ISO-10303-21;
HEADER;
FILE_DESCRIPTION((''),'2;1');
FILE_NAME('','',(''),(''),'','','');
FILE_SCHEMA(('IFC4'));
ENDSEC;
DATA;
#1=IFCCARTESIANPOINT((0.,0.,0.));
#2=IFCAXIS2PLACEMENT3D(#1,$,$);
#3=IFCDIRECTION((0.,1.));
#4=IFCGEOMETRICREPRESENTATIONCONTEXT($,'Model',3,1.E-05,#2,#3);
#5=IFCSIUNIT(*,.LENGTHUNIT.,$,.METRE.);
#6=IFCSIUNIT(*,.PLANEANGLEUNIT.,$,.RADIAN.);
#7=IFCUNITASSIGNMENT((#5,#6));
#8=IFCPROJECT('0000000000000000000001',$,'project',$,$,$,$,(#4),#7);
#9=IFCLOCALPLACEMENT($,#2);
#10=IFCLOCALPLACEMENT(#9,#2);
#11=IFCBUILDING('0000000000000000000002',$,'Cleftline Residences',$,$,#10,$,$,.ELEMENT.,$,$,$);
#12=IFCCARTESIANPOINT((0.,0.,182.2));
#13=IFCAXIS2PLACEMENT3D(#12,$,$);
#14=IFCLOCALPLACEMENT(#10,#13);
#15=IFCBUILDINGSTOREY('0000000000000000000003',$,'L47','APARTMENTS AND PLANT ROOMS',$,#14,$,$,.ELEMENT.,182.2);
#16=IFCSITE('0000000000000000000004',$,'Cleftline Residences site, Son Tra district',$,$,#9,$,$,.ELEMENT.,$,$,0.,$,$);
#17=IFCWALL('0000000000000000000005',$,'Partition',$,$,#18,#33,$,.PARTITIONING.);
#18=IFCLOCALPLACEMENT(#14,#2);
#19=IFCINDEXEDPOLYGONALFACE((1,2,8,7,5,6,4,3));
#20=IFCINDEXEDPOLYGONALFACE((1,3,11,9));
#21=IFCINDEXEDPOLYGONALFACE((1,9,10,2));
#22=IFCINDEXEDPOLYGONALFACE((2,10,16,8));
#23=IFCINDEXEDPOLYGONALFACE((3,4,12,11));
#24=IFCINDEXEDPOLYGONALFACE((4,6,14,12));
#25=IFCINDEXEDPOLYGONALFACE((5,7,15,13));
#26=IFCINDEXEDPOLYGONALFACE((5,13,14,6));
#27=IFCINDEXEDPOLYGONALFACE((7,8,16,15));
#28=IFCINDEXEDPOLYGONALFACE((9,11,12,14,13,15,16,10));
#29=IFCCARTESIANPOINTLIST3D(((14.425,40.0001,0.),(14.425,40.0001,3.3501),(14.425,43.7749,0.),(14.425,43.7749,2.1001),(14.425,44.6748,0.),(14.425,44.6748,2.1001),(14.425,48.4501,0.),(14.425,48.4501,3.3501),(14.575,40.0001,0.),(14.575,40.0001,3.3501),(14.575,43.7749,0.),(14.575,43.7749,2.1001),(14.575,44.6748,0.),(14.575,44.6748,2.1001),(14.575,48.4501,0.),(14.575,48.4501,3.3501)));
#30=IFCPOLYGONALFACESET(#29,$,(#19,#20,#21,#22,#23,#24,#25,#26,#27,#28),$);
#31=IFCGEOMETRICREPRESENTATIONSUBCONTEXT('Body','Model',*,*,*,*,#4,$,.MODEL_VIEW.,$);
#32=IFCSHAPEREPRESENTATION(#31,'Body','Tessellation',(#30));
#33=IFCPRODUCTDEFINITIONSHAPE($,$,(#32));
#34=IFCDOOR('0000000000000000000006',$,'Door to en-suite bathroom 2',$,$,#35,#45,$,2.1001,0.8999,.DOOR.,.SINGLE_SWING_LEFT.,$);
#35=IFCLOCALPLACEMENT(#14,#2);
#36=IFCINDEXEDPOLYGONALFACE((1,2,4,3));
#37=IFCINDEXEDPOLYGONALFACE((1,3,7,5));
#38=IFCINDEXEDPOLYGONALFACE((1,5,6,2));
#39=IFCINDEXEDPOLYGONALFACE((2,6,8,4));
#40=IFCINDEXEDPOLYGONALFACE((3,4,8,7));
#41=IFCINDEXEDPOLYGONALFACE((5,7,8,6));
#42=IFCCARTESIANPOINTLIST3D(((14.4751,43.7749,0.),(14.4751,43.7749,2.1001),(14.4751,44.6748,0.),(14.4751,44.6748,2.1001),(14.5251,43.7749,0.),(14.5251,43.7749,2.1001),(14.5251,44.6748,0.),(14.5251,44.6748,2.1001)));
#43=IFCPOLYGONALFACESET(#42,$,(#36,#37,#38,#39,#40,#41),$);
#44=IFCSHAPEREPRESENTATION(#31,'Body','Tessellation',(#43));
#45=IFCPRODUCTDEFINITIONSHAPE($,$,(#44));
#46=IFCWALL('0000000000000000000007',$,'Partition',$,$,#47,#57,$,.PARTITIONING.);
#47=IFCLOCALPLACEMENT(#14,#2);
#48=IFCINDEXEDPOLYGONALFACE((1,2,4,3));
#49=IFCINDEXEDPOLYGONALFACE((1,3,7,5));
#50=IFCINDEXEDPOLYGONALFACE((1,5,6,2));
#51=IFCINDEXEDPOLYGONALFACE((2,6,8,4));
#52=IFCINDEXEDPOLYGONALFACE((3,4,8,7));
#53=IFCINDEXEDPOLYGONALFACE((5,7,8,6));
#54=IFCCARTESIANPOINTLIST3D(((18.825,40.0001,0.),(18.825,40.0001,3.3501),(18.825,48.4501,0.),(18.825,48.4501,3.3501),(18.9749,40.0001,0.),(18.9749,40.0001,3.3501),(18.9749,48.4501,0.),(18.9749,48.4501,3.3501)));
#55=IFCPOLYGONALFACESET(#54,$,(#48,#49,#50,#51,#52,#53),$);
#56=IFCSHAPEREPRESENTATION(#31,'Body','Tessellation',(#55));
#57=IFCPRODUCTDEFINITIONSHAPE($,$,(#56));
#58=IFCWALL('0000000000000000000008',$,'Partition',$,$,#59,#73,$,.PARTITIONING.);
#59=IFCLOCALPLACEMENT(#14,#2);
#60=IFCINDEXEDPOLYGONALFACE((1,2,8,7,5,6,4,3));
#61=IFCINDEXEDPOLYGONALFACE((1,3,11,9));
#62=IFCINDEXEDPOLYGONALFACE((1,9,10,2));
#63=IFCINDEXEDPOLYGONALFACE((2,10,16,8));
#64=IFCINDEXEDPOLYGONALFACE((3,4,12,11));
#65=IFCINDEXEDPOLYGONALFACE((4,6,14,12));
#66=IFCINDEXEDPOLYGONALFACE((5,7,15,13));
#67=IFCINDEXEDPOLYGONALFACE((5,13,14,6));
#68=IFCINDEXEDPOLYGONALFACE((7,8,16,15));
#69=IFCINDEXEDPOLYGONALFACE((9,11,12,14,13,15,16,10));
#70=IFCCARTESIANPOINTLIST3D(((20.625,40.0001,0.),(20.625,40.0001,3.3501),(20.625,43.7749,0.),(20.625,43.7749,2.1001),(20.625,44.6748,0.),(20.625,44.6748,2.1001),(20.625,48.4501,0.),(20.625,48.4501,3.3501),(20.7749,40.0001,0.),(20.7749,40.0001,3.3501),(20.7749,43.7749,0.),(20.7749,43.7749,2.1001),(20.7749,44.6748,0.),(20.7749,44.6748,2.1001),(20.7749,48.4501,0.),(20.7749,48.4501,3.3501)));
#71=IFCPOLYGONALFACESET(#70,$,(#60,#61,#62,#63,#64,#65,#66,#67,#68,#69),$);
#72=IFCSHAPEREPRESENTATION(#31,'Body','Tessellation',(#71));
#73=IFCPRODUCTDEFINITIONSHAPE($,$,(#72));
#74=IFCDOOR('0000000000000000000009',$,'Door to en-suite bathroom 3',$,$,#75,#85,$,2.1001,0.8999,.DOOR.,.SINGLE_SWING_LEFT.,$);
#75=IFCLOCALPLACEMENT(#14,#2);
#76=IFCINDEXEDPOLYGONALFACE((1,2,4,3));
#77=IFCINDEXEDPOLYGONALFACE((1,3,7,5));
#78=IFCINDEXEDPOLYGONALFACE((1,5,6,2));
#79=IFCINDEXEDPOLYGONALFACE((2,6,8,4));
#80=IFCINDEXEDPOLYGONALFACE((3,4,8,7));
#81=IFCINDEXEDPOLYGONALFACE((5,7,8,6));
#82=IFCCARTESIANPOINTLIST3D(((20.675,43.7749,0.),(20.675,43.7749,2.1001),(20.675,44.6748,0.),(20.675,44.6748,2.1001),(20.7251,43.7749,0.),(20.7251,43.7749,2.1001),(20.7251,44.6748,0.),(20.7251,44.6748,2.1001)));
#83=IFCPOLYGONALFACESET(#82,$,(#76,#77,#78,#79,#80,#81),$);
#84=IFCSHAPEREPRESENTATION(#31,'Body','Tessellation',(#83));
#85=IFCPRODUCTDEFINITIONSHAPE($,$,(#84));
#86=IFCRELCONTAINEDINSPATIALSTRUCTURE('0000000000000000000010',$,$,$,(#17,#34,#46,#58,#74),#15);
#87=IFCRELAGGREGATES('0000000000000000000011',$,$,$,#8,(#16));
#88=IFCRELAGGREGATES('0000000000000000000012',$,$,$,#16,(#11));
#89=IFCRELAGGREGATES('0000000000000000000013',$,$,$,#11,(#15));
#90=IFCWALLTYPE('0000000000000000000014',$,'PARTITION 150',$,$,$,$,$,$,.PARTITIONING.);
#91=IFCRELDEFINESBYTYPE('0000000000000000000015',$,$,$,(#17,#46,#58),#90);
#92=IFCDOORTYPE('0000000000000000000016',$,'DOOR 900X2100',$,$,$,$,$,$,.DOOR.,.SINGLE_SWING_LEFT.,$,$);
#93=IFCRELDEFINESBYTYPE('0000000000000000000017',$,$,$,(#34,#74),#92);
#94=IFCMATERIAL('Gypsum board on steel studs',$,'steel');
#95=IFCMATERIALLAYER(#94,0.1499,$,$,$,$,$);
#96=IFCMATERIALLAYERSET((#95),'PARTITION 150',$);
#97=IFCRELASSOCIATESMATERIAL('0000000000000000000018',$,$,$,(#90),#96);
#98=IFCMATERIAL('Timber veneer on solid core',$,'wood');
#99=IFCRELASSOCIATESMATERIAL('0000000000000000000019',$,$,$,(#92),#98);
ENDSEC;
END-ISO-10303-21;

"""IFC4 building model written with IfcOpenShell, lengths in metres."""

from ifc_helpers import new_model, si_unit, direction, frame, frame_2d, origin, place, context, subcontext, project, spatial, rectangle, extrude, material, layer, layer_set, type_object, element, fill, save


model = new_model("IFC4")

# Units and contexts
model_context = context("Model", 3, precision=1e-05, world=origin(), true_north=direction((0.0, 1.0)))
body_context = subcontext(model_context, "Body", "Model", "MODEL_VIEW")
ifc_project = project(units=[si_unit("LENGTHUNIT", "METRE"), si_unit("PLANEANGLEUNIT", "RADIAN")], contexts=[model_context])

# Site, building, storey
site_placement = place(None, origin())
site = spatial("IfcSite", under=ifc_project, at=site_placement, Name="Cleftline Residences site, Son Tra district", CompositionType="ELEMENT", RefElevation=0.0)
building_placement = place(site_placement, origin())
building = spatial("IfcBuilding", under=site, at=building_placement, Name="Cleftline Residences", CompositionType="ELEMENT")
storey_placement = place(building_placement, frame((0.0, 0.0, 182.2)))
storey = spatial("IfcBuildingStorey", under=building, at=storey_placement, Name="L47", Description="APARTMENTS AND PLANT ROOMS", CompositionType="ELEMENT", Elevation=182.2)

# Shared definitions
ifc_material_1 = material(Name="Gypsum board on steel studs", Category="steel")
ifc_layer = layer(ifc_material_1, 0.1499)
ifc_layer_set = layer_set([ifc_layer], Name="PARTITION 150")
wall_type = type_object("IfcWallType", Name="PARTITION 150", PredefinedType="PARTITIONING", material=ifc_layer_set)
ifc_material_2 = material(Name="Timber veneer on solid core", Category="wood")
door_type_1 = type_object("IfcDoorType", Name="DOOR 900X2100", OperationType="SINGLE_SWING_LEFT", PredefinedType="DOOR", material=ifc_material_2)

# Wall, opening, door
wall_1_placement = place(storey_placement, frame((14.5, 40.0, 0.0), z_axis=(0.0, 0.0, 1.0), x_axis=(0.0, 1.0, 0.0)))
wall_1 = element("IfcWall", 1, at=wall_1_placement, inside=storey, type_object=wall_type, Name="Partition", PredefinedType="PARTITIONING", context=body_context, shape_type="SweptSolid", body=[
    extrude(rectangle(XDim=8.45, YDim=0.1499, at=frame_2d((4.2251, 0.0))), origin(), (0.0, 0.0, 1.0), 3.3501),
])
opening_1_placement = place(wall_1_placement, frame((3.7749, 0.0, 0.0)))
opening_1 = element("IfcOpeningElement", 2, at=opening_1_placement, cuts=wall_1, PredefinedType="OPENING", context=body_context, shape_type="SweptSolid", body=[
    extrude(rectangle(XDim=0.8999, YDim=2.1001, at=frame_2d((0.45, 1.05))), frame((0.0, 0.085, 0.0), z_axis=(0.0, -1.0, 0.0), x_axis=(1.0, 0.0, 0.0)), (0.0, 0.0, 1.0), 0.1699),
])
door_1_placement = place(opening_1_placement, origin())
door_1 = element("IfcDoor", 3, at=door_1_placement, inside=storey, type_object=door_type_1, Name="Door to en-suite bathroom 2", OperationType="SINGLE_SWING_LEFT", OverallHeight=2.1001, OverallWidth=0.8999, PredefinedType="DOOR", context=body_context, shape_type="SweptSolid", body=[
    extrude(rectangle(XDim=0.8999, YDim=2.1001, at=frame_2d((0.45, 1.05))), frame((0.0, 0.0249, 0.0), z_axis=(0.0, -1.0, 0.0), x_axis=(1.0, 0.0, 0.0)), (0.0, 0.0, 1.0), 0.05),
])
fill(opening_1, door_1)

# Wall
wall_2_placement = place(storey_placement, frame((18.8999, 40.0, 0.0), z_axis=(0.0, 0.0, 1.0), x_axis=(0.0, 1.0, 0.0)))
element("IfcWall", 4, at=wall_2_placement, inside=storey, type_object=wall_type, Name="Partition", PredefinedType="PARTITIONING", context=body_context, shape_type="SweptSolid", body=[
    extrude(rectangle(XDim=8.45, YDim=0.1499, at=frame_2d((4.2251, 0.0))), origin(), (0.0, 0.0, 1.0), 3.3501),
])

# Wall, opening, door
wall_3_placement = place(storey_placement, frame((20.7, 40.0, 0.0), z_axis=(0.0, 0.0, 1.0), x_axis=(0.0, 1.0, 0.0)))
wall_3 = element("IfcWall", 5, at=wall_3_placement, inside=storey, type_object=wall_type, Name="Partition", PredefinedType="PARTITIONING", context=body_context, shape_type="SweptSolid", body=[
    extrude(rectangle(XDim=8.45, YDim=0.1499, at=frame_2d((4.2251, 0.0))), origin(), (0.0, 0.0, 1.0), 3.3501),
])
opening_2_placement = place(wall_3_placement, frame((3.7749, 0.0, 0.0)))
opening_2 = element("IfcOpeningElement", 6, at=opening_2_placement, cuts=wall_3, PredefinedType="OPENING", context=body_context, shape_type="SweptSolid", body=[
    extrude(rectangle(XDim=0.8999, YDim=2.1001, at=frame_2d((0.45, 1.05))), frame((0.0, 0.085, 0.0), z_axis=(0.0, -1.0, 0.0), x_axis=(1.0, 0.0, 0.0)), (0.0, 0.0, 1.0), 0.1699),
])
door_2_placement = place(opening_2_placement, origin())
door_2 = element("IfcDoor", 7, at=door_2_placement, inside=storey, type_object=door_type_1, Name="Door to en-suite bathroom 3", OperationType="SINGLE_SWING_LEFT", OverallHeight=2.1001, OverallWidth=0.8999, PredefinedType="DOOR", context=body_context, shape_type="SweptSolid", body=[
    extrude(rectangle(XDim=0.8999, YDim=2.1001, at=frame_2d((0.45, 1.05))), frame((0.0, 0.0249, 0.0), z_axis=(0.0, -1.0, 0.0), x_axis=(1.0, 0.0, 0.0)), (0.0, 0.0, 1.0), 0.05),
])
fill(opening_2, door_2)

save(model, "model.ifc")
